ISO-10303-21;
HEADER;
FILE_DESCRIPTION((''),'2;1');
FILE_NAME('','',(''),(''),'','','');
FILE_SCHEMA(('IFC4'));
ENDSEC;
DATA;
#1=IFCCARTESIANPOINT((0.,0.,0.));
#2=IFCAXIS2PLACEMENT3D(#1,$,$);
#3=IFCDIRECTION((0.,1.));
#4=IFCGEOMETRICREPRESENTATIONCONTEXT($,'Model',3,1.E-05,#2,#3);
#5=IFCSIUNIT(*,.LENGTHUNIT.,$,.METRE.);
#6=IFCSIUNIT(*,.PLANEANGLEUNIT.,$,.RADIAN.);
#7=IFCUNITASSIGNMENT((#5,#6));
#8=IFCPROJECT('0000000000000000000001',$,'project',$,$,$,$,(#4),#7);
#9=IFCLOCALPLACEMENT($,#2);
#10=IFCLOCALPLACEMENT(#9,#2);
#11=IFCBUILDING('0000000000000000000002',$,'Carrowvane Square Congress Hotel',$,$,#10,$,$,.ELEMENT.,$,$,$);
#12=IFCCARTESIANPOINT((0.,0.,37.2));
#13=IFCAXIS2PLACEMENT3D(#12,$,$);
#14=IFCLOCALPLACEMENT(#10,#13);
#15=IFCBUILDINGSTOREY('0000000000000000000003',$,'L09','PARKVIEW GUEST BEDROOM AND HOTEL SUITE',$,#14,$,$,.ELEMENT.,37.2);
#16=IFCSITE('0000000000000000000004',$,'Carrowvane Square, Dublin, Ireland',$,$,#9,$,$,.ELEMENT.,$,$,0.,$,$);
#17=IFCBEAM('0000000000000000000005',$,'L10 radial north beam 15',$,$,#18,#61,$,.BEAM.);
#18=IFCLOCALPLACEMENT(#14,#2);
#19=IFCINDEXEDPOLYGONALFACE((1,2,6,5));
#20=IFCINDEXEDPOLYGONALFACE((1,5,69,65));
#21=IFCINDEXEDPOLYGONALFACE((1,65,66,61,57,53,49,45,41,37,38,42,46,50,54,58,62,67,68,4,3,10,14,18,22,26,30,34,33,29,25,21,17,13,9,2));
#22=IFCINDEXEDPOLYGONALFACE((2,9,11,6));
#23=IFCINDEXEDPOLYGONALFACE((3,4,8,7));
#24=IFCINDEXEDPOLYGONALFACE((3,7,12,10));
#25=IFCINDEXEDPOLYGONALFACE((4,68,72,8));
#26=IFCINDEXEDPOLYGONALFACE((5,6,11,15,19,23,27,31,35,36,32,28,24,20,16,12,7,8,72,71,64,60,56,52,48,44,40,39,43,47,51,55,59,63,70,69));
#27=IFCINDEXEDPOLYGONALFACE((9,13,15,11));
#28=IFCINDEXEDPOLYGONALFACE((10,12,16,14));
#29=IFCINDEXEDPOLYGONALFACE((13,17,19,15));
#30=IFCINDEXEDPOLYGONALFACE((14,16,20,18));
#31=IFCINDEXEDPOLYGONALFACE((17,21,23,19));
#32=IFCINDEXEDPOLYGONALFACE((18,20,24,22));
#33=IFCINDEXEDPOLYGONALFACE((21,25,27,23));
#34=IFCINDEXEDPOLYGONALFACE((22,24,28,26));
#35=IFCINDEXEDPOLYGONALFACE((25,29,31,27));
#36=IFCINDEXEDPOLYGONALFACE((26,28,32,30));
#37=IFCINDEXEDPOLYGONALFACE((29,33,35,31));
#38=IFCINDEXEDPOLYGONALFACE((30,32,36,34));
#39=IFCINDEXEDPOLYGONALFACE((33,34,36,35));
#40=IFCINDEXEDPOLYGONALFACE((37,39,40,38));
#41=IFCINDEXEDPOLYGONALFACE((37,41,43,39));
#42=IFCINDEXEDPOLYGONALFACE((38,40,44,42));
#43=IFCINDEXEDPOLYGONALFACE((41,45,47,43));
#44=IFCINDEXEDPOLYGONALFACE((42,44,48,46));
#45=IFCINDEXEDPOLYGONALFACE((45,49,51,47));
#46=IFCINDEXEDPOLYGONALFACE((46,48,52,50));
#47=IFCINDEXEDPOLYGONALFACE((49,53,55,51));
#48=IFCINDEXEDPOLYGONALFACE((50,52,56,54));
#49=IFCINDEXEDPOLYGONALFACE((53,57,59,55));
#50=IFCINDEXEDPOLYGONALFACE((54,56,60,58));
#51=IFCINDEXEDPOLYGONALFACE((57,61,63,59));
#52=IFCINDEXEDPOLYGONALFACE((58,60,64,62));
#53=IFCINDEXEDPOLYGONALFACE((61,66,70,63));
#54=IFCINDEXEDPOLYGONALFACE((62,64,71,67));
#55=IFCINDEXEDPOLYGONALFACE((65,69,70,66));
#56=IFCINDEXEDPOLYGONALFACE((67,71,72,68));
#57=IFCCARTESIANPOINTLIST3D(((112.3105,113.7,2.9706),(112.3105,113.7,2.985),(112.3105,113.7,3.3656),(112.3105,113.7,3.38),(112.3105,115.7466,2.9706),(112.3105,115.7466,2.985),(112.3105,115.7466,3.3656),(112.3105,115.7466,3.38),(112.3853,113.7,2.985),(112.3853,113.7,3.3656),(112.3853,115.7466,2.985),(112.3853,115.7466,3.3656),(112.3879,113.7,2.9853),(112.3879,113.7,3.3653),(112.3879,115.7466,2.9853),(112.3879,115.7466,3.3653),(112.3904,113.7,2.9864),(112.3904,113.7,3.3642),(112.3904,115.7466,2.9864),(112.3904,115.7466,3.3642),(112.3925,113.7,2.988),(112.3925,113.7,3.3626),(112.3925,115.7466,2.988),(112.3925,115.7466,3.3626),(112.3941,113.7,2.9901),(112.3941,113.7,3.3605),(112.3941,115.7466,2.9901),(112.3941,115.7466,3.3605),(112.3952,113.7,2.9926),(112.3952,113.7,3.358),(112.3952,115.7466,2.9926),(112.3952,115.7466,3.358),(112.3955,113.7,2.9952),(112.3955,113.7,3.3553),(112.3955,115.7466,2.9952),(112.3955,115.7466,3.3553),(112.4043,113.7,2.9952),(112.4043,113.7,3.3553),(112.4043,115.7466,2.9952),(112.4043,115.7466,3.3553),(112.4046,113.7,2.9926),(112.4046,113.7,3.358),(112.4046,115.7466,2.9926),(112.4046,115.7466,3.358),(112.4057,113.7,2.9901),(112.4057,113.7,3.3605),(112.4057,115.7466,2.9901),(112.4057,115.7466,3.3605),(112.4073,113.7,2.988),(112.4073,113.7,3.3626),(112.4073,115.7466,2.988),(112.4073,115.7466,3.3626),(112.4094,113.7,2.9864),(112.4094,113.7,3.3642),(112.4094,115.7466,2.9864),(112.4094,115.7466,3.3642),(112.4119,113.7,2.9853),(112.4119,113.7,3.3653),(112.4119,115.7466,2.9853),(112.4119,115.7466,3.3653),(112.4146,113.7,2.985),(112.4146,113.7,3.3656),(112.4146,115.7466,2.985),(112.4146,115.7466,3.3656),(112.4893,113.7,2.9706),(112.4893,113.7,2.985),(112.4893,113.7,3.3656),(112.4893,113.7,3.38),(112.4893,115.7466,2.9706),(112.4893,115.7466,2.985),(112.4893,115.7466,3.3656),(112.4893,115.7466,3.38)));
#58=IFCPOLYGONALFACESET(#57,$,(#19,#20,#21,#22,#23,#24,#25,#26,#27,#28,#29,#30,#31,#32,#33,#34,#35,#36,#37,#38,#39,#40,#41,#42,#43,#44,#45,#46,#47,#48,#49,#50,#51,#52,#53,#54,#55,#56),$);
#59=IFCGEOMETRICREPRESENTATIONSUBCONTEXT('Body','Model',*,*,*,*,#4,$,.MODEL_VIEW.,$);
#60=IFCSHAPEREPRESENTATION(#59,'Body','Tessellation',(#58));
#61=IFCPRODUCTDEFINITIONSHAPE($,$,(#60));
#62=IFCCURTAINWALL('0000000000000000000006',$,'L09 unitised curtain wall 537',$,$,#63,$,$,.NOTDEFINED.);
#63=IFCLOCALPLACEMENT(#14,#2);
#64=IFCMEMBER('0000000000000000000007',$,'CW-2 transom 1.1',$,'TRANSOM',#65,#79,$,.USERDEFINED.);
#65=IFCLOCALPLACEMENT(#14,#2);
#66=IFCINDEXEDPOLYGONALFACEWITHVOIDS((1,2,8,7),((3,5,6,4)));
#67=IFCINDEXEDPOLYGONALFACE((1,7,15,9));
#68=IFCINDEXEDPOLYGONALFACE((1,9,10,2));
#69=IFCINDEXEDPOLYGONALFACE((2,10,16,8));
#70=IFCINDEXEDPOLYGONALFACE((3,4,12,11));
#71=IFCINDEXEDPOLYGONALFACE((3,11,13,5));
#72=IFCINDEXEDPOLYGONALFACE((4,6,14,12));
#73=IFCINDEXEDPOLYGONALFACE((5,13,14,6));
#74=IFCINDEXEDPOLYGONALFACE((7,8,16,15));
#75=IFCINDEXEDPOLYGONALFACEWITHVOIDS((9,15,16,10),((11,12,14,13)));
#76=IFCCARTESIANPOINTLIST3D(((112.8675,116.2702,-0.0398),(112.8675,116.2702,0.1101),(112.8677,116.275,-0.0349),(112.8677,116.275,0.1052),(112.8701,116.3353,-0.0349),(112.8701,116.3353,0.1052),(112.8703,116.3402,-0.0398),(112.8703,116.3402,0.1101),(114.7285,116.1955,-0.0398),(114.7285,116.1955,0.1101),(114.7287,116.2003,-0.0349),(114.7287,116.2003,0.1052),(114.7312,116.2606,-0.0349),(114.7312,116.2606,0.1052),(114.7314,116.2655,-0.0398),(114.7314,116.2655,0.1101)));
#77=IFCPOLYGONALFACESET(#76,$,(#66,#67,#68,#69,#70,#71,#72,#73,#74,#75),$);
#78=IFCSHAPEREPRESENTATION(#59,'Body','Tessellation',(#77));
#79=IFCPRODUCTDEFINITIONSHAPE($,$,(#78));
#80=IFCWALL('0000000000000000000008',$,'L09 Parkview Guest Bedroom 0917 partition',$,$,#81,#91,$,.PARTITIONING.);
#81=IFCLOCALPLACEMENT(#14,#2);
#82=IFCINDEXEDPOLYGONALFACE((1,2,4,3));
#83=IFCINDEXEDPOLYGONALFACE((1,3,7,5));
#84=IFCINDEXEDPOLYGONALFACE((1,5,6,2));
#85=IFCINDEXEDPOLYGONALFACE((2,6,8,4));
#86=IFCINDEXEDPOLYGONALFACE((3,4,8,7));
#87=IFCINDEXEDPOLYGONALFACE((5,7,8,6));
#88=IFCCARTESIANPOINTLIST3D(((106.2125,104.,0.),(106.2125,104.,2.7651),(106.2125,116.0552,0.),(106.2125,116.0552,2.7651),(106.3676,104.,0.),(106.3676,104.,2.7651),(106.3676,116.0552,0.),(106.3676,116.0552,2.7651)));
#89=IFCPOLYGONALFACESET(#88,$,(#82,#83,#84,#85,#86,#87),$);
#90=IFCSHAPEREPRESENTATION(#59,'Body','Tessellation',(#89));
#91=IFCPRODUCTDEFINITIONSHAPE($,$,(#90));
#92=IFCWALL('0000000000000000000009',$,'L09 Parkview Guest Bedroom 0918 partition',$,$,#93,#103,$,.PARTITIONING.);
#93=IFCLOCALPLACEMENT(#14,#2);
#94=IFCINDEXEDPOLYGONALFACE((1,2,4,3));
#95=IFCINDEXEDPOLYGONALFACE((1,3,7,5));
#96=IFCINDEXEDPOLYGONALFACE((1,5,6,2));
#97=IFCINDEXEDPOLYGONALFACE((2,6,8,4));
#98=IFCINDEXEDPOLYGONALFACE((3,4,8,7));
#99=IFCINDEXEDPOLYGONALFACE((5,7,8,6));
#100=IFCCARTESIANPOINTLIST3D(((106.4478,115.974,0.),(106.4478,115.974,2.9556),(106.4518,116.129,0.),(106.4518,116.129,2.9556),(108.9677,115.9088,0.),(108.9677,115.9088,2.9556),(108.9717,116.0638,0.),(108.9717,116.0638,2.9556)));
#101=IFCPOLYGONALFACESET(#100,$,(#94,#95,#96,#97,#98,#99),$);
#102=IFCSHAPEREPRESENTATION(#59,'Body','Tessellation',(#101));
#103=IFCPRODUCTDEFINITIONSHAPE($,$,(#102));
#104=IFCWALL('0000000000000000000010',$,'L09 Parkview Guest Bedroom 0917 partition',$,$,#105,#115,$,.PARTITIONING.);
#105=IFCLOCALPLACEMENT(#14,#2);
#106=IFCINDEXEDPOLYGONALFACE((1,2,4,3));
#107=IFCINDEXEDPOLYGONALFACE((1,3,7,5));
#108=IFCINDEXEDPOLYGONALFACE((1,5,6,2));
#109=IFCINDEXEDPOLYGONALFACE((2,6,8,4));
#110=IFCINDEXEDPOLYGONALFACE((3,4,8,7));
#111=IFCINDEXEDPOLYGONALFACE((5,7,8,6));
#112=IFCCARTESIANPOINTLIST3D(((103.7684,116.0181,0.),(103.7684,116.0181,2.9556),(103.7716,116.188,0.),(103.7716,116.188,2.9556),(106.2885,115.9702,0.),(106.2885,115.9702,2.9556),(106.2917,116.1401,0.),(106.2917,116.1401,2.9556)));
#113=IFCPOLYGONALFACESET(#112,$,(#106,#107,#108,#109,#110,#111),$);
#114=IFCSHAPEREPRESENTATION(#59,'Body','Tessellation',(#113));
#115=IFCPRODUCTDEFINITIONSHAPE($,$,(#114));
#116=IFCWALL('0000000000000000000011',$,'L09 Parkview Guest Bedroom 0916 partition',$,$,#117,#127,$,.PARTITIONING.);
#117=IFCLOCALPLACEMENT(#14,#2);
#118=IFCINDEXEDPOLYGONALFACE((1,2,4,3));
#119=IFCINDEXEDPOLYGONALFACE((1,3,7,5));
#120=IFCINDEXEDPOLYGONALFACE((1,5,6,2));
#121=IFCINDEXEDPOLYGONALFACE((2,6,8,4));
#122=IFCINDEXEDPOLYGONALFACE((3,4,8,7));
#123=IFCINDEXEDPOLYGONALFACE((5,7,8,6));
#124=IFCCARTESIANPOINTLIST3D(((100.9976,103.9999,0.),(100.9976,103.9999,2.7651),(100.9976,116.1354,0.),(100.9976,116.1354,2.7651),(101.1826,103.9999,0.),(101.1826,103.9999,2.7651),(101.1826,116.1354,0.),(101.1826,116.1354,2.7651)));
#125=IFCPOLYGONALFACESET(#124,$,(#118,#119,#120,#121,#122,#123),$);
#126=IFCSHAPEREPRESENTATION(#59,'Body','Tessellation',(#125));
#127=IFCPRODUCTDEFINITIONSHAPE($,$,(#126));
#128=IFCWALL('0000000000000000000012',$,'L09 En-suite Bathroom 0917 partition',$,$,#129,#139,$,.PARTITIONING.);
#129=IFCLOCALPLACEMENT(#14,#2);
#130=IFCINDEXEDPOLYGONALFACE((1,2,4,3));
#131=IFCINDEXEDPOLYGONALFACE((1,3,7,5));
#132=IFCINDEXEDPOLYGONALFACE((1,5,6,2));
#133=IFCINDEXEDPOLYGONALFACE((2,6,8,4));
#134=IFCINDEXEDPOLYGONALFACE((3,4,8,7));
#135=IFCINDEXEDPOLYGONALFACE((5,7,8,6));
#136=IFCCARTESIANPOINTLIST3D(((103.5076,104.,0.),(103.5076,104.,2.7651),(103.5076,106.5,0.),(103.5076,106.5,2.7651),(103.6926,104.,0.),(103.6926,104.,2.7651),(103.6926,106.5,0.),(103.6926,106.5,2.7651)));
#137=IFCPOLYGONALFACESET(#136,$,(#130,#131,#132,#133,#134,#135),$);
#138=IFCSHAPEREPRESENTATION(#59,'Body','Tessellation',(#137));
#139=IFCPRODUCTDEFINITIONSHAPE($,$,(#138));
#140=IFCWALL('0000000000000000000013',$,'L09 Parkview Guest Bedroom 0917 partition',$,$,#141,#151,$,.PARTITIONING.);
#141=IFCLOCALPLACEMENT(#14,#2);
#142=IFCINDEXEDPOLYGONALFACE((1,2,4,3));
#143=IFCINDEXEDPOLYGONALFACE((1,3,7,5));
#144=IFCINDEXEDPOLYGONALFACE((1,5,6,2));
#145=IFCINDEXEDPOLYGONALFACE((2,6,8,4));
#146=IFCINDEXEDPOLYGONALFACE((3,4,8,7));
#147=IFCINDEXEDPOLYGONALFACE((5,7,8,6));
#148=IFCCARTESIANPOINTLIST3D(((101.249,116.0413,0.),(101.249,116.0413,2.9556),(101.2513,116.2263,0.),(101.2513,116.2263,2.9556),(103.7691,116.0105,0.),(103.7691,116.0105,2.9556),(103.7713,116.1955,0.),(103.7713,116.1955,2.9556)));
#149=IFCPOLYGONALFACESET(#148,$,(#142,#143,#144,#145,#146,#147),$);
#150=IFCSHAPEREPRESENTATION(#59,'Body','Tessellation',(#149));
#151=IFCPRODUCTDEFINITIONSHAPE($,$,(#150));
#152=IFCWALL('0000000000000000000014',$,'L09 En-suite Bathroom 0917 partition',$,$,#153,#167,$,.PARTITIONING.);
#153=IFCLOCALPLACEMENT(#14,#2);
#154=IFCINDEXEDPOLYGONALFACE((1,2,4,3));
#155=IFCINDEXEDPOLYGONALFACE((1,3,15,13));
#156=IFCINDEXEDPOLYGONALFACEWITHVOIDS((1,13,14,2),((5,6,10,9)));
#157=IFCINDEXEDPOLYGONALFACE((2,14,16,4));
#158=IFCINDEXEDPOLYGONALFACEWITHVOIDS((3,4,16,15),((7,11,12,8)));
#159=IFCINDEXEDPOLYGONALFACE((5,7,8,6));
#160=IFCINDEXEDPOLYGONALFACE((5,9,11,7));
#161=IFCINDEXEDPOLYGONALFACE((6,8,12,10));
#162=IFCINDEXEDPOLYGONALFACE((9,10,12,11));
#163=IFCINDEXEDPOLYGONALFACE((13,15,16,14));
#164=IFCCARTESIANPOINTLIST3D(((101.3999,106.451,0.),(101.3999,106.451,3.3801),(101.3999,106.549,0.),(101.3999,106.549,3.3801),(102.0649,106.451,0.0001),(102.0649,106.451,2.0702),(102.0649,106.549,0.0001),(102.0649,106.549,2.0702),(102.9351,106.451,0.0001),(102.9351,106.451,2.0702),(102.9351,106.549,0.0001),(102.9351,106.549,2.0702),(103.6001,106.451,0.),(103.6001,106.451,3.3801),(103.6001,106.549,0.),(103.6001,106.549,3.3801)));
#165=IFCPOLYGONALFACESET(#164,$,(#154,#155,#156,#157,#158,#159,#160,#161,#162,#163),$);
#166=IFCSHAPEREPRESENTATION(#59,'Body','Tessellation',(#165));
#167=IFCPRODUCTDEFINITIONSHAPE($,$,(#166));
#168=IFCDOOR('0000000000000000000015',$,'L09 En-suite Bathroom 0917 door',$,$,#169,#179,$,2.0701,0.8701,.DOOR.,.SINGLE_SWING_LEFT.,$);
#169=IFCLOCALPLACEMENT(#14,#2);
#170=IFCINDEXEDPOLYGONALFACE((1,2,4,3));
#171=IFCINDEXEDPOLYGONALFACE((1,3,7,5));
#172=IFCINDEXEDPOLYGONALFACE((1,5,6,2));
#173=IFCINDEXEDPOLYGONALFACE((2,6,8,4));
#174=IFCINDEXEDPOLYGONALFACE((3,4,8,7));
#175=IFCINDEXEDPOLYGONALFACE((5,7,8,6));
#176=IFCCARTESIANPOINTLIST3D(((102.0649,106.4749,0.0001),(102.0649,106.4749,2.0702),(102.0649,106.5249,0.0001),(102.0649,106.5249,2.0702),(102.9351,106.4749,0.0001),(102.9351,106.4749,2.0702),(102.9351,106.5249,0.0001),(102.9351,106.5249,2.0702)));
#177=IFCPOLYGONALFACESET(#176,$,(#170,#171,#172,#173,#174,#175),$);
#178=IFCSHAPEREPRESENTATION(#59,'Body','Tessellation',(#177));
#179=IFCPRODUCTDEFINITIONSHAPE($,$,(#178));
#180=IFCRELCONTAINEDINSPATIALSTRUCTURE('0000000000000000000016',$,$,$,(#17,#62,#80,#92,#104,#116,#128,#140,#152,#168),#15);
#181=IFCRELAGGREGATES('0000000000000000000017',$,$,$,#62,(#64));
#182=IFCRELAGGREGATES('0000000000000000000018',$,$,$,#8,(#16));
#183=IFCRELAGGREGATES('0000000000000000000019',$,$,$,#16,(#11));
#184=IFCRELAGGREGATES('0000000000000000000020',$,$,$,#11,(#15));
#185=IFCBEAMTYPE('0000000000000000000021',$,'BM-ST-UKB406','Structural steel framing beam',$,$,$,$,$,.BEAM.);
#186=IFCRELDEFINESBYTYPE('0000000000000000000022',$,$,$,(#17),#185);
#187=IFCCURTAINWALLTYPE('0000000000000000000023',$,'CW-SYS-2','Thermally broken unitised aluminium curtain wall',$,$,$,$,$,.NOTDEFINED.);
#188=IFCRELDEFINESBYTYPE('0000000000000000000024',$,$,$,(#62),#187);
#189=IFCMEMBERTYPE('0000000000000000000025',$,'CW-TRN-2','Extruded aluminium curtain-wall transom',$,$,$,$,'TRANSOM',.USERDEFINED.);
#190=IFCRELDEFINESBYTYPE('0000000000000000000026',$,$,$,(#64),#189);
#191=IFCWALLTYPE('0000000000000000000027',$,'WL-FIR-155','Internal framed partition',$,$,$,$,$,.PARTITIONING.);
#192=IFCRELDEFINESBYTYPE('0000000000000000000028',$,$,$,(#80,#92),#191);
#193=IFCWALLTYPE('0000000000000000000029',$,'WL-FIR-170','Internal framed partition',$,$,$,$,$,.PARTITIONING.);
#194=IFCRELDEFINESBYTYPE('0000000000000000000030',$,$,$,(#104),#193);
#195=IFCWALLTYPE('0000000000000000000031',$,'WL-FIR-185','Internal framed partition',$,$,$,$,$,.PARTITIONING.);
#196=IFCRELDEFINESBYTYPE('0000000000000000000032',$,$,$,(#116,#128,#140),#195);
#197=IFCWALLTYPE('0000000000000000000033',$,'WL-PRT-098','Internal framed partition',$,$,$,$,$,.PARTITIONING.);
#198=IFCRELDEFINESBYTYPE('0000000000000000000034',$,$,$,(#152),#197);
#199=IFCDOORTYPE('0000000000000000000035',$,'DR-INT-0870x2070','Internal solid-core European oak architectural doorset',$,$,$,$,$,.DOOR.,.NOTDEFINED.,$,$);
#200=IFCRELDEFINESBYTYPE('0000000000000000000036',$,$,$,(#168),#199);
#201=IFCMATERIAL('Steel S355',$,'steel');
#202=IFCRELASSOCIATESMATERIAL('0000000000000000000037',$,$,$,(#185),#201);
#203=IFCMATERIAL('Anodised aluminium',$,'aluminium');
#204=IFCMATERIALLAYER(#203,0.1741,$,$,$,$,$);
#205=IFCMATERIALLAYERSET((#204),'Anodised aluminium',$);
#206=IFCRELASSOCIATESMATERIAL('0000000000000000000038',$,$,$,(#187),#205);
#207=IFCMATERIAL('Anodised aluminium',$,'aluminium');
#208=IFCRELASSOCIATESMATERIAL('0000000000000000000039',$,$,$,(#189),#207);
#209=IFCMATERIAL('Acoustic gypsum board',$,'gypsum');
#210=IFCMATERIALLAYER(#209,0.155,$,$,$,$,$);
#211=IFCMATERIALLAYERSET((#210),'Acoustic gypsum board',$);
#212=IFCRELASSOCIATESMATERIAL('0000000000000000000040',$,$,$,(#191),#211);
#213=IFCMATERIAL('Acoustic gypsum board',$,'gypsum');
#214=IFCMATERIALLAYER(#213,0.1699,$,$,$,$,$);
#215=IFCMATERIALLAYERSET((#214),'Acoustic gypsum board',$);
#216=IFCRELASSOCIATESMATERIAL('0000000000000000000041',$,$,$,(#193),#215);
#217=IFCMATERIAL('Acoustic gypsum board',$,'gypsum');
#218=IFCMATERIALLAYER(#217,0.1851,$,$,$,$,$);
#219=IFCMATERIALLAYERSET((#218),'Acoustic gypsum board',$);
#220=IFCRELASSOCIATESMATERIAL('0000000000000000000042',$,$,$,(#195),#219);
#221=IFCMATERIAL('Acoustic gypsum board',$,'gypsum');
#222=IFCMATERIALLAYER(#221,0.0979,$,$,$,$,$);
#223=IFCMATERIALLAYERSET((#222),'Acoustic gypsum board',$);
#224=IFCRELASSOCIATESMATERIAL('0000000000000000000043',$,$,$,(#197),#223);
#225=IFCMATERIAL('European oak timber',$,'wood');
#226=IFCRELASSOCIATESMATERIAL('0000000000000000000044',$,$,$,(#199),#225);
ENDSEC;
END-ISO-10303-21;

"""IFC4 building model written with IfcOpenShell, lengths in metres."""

from ifc_helpers import new_model, si_unit, direction, frame, frame_2d, origin, origin_2d, place, context, subcontext, project, spatial, rectangle, hollow_rectangle, i_section, extrude, material, layer, layer_set, material_profile, profile_set, type_object, element, fill, aggregate, save


model = new_model("IFC4")

# Units and contexts
model_context = context("Model", 3, precision=1e-05, world=origin(), true_north=direction((0.0, 1.0)))
body_context = subcontext(model_context, "Body", "Model", "MODEL_VIEW")
ifc_project = project(units=[si_unit("LENGTHUNIT", "METRE"), si_unit("PLANEANGLEUNIT", "RADIAN")], contexts=[model_context])

# Site, building, storey
site_placement = place(None, origin())
site = spatial("IfcSite", under=ifc_project, at=site_placement, Name="Carrowvane Square, Dublin, Ireland", CompositionType="ELEMENT", RefElevation=0.0)
building_placement = place(site_placement, origin())
building = spatial("IfcBuilding", under=site, at=building_placement, Name="Carrowvane Square Congress Hotel", CompositionType="ELEMENT")
storey_placement = place(building_placement, frame((0.0, 0.0, 37.2)))
storey = spatial("IfcBuildingStorey", under=building, at=storey_placement, Name="L09", Description="PARKVIEW GUEST BEDROOM AND HOTEL SUITE", CompositionType="ELEMENT", Elevation=37.2)

# Beam
ifc_material_1 = material(Name="Steel S355", Category="steel")
ifc_material_profile_1 = material_profile(ifc_material_1, i_section(OverallWidth=0.1787, OverallDepth=0.4094, WebThickness=0.0088, FlangeThickness=0.0144, FilletRadius=0.0103, at=origin_2d()), Name="UKB 406x178x67")
ifc_profile_set_1 = profile_set([ifc_material_profile_1], Name="Steel S355")
beam_type_1 = type_object("IfcBeamType", Name="BM-ST-UKB406", Description="Structural steel framing beam", PredefinedType="BEAM", material=ifc_profile_set_1)
beam_1_placement = place(storey_placement, frame((112.3999, 113.7, 3.1753), z_axis=(0.0, 1.0, 0.0), x_axis=(-1.0, 0.0, 0.0)))
element("IfcBeam", 1, at=beam_1_placement, inside=storey, type_object=beam_type_1, Name="L10 radial north beam 15", PredefinedType="BEAM", context=body_context, shape_type="SweptSolid", body=[
    extrude(i_section(OverallWidth=0.1787, OverallDepth=0.4094, WebThickness=0.0088, FlangeThickness=0.0144, FilletRadius=0.0103, at=origin_2d()), origin(), (0.0, 0.0, 1.0), 2.0466),
])

# Curtain wall, member
ifc_material_2 = material(Name="Anodised aluminium", Category="aluminium")
ifc_layer_1 = layer(ifc_material_2, 0.1741)
ifc_layer_set_1 = layer_set([ifc_layer_1], Name="Anodised aluminium")
curtain_wall_type = type_object("IfcCurtainWallType", Name="CW-SYS-2", Description="Thermally broken unitised aluminium curtain wall", PredefinedType="NOTDEFINED", material=ifc_layer_set_1)
curtain_wall_placement = place(storey_placement, origin())
curtain_wall = element("IfcCurtainWall", 2, at=curtain_wall_placement, inside=storey, type_object=curtain_wall_type, Name="L09 unitised curtain wall 537", PredefinedType="NOTDEFINED")
ifc_material_3 = material(Name="Anodised aluminium", Category="aluminium")
ifc_material_profile_2 = material_profile(ifc_material_3, hollow_rectangle(XDim=0.0701, YDim=0.1499, WallThickness=0.0049, at=origin_2d()), Name="CW-TR 70x150x5")
ifc_profile_set_2 = profile_set([ifc_material_profile_2], Name="Anodised aluminium")
member_type = type_object("IfcMemberType", Name="CW-TRN-2", Description="Extruded aluminium curtain-wall transom", ElementType="TRANSOM", PredefinedType="USERDEFINED", material=ifc_profile_set_2)
member_placement = place(storey_placement, frame((112.8689, 116.3052, 0.0352), z_axis=(0.999195, -0.040109, 0.0), x_axis=(0.040109, 0.999195, 0.0)))
member = element("IfcMember", 3, at=member_placement, type_object=member_type, Name="CW-2 transom 1.1", ObjectType="TRANSOM", PredefinedType="USERDEFINED", context=body_context, shape_type="SweptSolid", body=[
    extrude(hollow_rectangle(XDim=0.0701, YDim=0.1499, WallThickness=0.0049, at=origin_2d()), origin(), (0.0, 0.0, 1.0), 1.8625),
])
aggregate(curtain_wall, [member])

# Walls
ifc_material_4 = material(Name="Acoustic gypsum board", Category="gypsum")
ifc_layer_2 = layer(ifc_material_4, 0.155)
ifc_layer_set_2 = layer_set([ifc_layer_2], Name="Acoustic gypsum board")
wall_type_1 = type_object("IfcWallType", Name="WL-FIR-155", Description="Internal framed partition", PredefinedType="PARTITIONING", material=ifc_layer_set_2)
wall_1_placement = place(storey_placement, frame((106.29, 116.0552, 0.0), z_axis=(0.0, 0.0, 1.0), x_axis=(0.0, -1.0, 0.0)))
element("IfcWall", 4, at=wall_1_placement, inside=storey, type_object=wall_type_1, Name="L09 Parkview Guest Bedroom 0917 partition", PredefinedType="PARTITIONING", context=body_context, shape_type="SweptSolid", body=[
    extrude(rectangle(XDim=12.0552, YDim=0.155, at=frame_2d((6.0276, 0.0))), origin(), (0.0, 0.0, 1.0), 2.7651),
])
wall_2_placement = place(storey_placement, frame((106.45, 116.0515, 0.0), z_axis=(0.0, 0.0, 1.0), x_axis=(0.999666, -0.025858, 0.0)))
element("IfcWall", 5, at=wall_2_placement, inside=storey, type_object=wall_type_1, Name="L09 Parkview Guest Bedroom 0918 partition", PredefinedType="PARTITIONING", context=body_context, shape_type="SweptSolid", body=[
    extrude(rectangle(XDim=2.5208, YDim=0.155, at=frame_2d((1.2603, 0.0))), origin(), (0.0, 0.0, 1.0), 2.9556),
])
ifc_material_5 = material(Name="Acoustic gypsum board", Category="gypsum")
ifc_layer_3 = layer(ifc_material_5, 0.1699)
ifc_layer_set_3 = layer_set([ifc_layer_3], Name="Acoustic gypsum board")
wall_type_2 = type_object("IfcWallType", Name="WL-FIR-170", Description="Internal framed partition", PredefinedType="PARTITIONING", material=ifc_layer_set_3)
wall_3_placement = place(storey_placement, frame((103.77, 116.103, 0.0), z_axis=(0.0, 0.0, 1.0), x_axis=(0.99982, -0.018985, 0.0)))
element("IfcWall", 6, at=wall_3_placement, inside=storey, type_object=wall_type_2, Name="L09 Parkview Guest Bedroom 0917 partition", PredefinedType="PARTITIONING", context=body_context, shape_type="SweptSolid", body=[
    extrude(rectangle(XDim=2.5205, YDim=0.1699, at=frame_2d((1.2603, 0.0))), origin(), (0.0, 0.0, 1.0), 2.9556),
])
ifc_material_6 = material(Name="Acoustic gypsum board", Category="gypsum")
ifc_layer_4 = layer(ifc_material_6, 0.1851)
ifc_layer_set_4 = layer_set([ifc_layer_4], Name="Acoustic gypsum board")
wall_type_3 = type_object("IfcWallType", Name="WL-FIR-185", Description="Internal framed partition", PredefinedType="PARTITIONING", material=ifc_layer_set_4)
wall_4_placement = place(storey_placement, frame((101.0901, 116.1355, 0.0), z_axis=(0.0, 0.0, 1.0), x_axis=(0.0, -1.0, 0.0)))
element("IfcWall", 7, at=wall_4_placement, inside=storey, type_object=wall_type_3, Name="L09 Parkview Guest Bedroom 0916 partition", PredefinedType="PARTITIONING", context=body_context, shape_type="SweptSolid", body=[
    extrude(rectangle(XDim=12.1355, YDim=0.1851, at=frame_2d((6.0679, 0.0))), origin(), (0.0, 0.0, 1.0), 2.7651),
])
wall_5_placement = place(storey_placement, frame((103.6001, 106.5, 0.0), z_axis=(0.0, 0.0, 1.0), x_axis=(0.0, -1.0, 0.0)))
element("IfcWall", 8, at=wall_5_placement, inside=storey, type_object=wall_type_3, Name="L09 En-suite Bathroom 0917 partition", PredefinedType="PARTITIONING", context=body_context, shape_type="SweptSolid", body=[
    extrude(rectangle(XDim=2.5, YDim=0.1851, at=frame_2d((1.25, 0.0))), origin(), (0.0, 0.0, 1.0), 2.7651),
])
wall_6_placement = place(storey_placement, frame((101.25, 116.1338, 0.0), z_axis=(0.0, 0.0, 1.0), x_axis=(0.999926, -0.012206, 0.0)))
element("IfcWall", 9, at=wall_6_placement, inside=storey, type_object=wall_type_3, Name="L09 Parkview Guest Bedroom 0917 partition", PredefinedType="PARTITIONING", context=body_context, shape_type="SweptSolid", body=[
    extrude(rectangle(XDim=2.5203, YDim=0.1851, at=frame_2d((1.2603, 0.0))), origin(), (0.0, 0.0, 1.0), 2.9556),
])

# Wall, opening, door
ifc_material_7 = material(Name="Acoustic gypsum board", Category="gypsum")
ifc_layer_5 = layer(ifc_material_7, 0.0979)
ifc_layer_set_5 = layer_set([ifc_layer_5], Name="Acoustic gypsum board")
wall_type_4 = type_object("IfcWallType", Name="WL-PRT-098", Description="Internal framed partition", PredefinedType="PARTITIONING", material=ifc_layer_set_5)
wall_7_placement = place(storey_placement, frame((101.3999, 106.5, 0.0), z_axis=(0.0, 0.0, 1.0), x_axis=(1.0, 0.0, 0.0)))
wall_7 = element("IfcWall", 10, at=wall_7_placement, inside=storey, type_object=wall_type_4, Name="L09 En-suite Bathroom 0917 partition", PredefinedType="PARTITIONING", context=body_context, shape_type="SweptSolid", body=[
    extrude(rectangle(XDim=2.2002, YDim=0.0979, at=frame_2d((1.1001, 0.0))), origin(), (0.0, 0.0, 1.0), 3.3801),
])
opening_1_placement = place(wall_7_placement, frame((0.665, 0.0, 0.0)))
opening_1 = element("IfcOpeningElement", 11, at=opening_1_placement, cuts=wall_7, PredefinedType="OPENING", context=body_context, shape_type="SweptSolid", body=[
    extrude(rectangle(XDim=0.8701, YDim=2.0701, at=frame_2d((0.4351, 1.0352))), frame((0.0, 0.0588, 0.0), z_axis=(0.0, -1.0, 0.0), x_axis=(1.0, 0.0, 0.0)), (0.0, 0.0, 1.0), 0.1179),
])
ifc_material_8 = material(Name="European oak timber", Category="wood")
door_type_1 = type_object("IfcDoorType", Name="DR-INT-0870x2070", Description="Internal solid-core European oak architectural doorset", OperationType="NOTDEFINED", PredefinedType="DOOR", material=ifc_material_8)
door_1_placement = place(opening_1_placement, origin())
door_1 = element("IfcDoor", 12, at=door_1_placement, inside=storey, type_object=door_type_1, Name="L09 En-suite Bathroom 0917 door", OperationType="SINGLE_SWING_LEFT", OverallHeight=2.0701, OverallWidth=0.8701, PredefinedType="DOOR", context=body_context, shape_type="SweptSolid", body=[
    extrude(rectangle(XDim=0.8701, YDim=2.0701, at=frame_2d((0.4351, 1.0352))), frame((0.0, 0.0249, 0.0), z_axis=(0.0, -1.0, 0.0), x_axis=(1.0, 0.0, 0.0)), (0.0, 0.0, 1.0), 0.05),
])
fill(opening_1, door_1)

save(model, "model.ifc")
